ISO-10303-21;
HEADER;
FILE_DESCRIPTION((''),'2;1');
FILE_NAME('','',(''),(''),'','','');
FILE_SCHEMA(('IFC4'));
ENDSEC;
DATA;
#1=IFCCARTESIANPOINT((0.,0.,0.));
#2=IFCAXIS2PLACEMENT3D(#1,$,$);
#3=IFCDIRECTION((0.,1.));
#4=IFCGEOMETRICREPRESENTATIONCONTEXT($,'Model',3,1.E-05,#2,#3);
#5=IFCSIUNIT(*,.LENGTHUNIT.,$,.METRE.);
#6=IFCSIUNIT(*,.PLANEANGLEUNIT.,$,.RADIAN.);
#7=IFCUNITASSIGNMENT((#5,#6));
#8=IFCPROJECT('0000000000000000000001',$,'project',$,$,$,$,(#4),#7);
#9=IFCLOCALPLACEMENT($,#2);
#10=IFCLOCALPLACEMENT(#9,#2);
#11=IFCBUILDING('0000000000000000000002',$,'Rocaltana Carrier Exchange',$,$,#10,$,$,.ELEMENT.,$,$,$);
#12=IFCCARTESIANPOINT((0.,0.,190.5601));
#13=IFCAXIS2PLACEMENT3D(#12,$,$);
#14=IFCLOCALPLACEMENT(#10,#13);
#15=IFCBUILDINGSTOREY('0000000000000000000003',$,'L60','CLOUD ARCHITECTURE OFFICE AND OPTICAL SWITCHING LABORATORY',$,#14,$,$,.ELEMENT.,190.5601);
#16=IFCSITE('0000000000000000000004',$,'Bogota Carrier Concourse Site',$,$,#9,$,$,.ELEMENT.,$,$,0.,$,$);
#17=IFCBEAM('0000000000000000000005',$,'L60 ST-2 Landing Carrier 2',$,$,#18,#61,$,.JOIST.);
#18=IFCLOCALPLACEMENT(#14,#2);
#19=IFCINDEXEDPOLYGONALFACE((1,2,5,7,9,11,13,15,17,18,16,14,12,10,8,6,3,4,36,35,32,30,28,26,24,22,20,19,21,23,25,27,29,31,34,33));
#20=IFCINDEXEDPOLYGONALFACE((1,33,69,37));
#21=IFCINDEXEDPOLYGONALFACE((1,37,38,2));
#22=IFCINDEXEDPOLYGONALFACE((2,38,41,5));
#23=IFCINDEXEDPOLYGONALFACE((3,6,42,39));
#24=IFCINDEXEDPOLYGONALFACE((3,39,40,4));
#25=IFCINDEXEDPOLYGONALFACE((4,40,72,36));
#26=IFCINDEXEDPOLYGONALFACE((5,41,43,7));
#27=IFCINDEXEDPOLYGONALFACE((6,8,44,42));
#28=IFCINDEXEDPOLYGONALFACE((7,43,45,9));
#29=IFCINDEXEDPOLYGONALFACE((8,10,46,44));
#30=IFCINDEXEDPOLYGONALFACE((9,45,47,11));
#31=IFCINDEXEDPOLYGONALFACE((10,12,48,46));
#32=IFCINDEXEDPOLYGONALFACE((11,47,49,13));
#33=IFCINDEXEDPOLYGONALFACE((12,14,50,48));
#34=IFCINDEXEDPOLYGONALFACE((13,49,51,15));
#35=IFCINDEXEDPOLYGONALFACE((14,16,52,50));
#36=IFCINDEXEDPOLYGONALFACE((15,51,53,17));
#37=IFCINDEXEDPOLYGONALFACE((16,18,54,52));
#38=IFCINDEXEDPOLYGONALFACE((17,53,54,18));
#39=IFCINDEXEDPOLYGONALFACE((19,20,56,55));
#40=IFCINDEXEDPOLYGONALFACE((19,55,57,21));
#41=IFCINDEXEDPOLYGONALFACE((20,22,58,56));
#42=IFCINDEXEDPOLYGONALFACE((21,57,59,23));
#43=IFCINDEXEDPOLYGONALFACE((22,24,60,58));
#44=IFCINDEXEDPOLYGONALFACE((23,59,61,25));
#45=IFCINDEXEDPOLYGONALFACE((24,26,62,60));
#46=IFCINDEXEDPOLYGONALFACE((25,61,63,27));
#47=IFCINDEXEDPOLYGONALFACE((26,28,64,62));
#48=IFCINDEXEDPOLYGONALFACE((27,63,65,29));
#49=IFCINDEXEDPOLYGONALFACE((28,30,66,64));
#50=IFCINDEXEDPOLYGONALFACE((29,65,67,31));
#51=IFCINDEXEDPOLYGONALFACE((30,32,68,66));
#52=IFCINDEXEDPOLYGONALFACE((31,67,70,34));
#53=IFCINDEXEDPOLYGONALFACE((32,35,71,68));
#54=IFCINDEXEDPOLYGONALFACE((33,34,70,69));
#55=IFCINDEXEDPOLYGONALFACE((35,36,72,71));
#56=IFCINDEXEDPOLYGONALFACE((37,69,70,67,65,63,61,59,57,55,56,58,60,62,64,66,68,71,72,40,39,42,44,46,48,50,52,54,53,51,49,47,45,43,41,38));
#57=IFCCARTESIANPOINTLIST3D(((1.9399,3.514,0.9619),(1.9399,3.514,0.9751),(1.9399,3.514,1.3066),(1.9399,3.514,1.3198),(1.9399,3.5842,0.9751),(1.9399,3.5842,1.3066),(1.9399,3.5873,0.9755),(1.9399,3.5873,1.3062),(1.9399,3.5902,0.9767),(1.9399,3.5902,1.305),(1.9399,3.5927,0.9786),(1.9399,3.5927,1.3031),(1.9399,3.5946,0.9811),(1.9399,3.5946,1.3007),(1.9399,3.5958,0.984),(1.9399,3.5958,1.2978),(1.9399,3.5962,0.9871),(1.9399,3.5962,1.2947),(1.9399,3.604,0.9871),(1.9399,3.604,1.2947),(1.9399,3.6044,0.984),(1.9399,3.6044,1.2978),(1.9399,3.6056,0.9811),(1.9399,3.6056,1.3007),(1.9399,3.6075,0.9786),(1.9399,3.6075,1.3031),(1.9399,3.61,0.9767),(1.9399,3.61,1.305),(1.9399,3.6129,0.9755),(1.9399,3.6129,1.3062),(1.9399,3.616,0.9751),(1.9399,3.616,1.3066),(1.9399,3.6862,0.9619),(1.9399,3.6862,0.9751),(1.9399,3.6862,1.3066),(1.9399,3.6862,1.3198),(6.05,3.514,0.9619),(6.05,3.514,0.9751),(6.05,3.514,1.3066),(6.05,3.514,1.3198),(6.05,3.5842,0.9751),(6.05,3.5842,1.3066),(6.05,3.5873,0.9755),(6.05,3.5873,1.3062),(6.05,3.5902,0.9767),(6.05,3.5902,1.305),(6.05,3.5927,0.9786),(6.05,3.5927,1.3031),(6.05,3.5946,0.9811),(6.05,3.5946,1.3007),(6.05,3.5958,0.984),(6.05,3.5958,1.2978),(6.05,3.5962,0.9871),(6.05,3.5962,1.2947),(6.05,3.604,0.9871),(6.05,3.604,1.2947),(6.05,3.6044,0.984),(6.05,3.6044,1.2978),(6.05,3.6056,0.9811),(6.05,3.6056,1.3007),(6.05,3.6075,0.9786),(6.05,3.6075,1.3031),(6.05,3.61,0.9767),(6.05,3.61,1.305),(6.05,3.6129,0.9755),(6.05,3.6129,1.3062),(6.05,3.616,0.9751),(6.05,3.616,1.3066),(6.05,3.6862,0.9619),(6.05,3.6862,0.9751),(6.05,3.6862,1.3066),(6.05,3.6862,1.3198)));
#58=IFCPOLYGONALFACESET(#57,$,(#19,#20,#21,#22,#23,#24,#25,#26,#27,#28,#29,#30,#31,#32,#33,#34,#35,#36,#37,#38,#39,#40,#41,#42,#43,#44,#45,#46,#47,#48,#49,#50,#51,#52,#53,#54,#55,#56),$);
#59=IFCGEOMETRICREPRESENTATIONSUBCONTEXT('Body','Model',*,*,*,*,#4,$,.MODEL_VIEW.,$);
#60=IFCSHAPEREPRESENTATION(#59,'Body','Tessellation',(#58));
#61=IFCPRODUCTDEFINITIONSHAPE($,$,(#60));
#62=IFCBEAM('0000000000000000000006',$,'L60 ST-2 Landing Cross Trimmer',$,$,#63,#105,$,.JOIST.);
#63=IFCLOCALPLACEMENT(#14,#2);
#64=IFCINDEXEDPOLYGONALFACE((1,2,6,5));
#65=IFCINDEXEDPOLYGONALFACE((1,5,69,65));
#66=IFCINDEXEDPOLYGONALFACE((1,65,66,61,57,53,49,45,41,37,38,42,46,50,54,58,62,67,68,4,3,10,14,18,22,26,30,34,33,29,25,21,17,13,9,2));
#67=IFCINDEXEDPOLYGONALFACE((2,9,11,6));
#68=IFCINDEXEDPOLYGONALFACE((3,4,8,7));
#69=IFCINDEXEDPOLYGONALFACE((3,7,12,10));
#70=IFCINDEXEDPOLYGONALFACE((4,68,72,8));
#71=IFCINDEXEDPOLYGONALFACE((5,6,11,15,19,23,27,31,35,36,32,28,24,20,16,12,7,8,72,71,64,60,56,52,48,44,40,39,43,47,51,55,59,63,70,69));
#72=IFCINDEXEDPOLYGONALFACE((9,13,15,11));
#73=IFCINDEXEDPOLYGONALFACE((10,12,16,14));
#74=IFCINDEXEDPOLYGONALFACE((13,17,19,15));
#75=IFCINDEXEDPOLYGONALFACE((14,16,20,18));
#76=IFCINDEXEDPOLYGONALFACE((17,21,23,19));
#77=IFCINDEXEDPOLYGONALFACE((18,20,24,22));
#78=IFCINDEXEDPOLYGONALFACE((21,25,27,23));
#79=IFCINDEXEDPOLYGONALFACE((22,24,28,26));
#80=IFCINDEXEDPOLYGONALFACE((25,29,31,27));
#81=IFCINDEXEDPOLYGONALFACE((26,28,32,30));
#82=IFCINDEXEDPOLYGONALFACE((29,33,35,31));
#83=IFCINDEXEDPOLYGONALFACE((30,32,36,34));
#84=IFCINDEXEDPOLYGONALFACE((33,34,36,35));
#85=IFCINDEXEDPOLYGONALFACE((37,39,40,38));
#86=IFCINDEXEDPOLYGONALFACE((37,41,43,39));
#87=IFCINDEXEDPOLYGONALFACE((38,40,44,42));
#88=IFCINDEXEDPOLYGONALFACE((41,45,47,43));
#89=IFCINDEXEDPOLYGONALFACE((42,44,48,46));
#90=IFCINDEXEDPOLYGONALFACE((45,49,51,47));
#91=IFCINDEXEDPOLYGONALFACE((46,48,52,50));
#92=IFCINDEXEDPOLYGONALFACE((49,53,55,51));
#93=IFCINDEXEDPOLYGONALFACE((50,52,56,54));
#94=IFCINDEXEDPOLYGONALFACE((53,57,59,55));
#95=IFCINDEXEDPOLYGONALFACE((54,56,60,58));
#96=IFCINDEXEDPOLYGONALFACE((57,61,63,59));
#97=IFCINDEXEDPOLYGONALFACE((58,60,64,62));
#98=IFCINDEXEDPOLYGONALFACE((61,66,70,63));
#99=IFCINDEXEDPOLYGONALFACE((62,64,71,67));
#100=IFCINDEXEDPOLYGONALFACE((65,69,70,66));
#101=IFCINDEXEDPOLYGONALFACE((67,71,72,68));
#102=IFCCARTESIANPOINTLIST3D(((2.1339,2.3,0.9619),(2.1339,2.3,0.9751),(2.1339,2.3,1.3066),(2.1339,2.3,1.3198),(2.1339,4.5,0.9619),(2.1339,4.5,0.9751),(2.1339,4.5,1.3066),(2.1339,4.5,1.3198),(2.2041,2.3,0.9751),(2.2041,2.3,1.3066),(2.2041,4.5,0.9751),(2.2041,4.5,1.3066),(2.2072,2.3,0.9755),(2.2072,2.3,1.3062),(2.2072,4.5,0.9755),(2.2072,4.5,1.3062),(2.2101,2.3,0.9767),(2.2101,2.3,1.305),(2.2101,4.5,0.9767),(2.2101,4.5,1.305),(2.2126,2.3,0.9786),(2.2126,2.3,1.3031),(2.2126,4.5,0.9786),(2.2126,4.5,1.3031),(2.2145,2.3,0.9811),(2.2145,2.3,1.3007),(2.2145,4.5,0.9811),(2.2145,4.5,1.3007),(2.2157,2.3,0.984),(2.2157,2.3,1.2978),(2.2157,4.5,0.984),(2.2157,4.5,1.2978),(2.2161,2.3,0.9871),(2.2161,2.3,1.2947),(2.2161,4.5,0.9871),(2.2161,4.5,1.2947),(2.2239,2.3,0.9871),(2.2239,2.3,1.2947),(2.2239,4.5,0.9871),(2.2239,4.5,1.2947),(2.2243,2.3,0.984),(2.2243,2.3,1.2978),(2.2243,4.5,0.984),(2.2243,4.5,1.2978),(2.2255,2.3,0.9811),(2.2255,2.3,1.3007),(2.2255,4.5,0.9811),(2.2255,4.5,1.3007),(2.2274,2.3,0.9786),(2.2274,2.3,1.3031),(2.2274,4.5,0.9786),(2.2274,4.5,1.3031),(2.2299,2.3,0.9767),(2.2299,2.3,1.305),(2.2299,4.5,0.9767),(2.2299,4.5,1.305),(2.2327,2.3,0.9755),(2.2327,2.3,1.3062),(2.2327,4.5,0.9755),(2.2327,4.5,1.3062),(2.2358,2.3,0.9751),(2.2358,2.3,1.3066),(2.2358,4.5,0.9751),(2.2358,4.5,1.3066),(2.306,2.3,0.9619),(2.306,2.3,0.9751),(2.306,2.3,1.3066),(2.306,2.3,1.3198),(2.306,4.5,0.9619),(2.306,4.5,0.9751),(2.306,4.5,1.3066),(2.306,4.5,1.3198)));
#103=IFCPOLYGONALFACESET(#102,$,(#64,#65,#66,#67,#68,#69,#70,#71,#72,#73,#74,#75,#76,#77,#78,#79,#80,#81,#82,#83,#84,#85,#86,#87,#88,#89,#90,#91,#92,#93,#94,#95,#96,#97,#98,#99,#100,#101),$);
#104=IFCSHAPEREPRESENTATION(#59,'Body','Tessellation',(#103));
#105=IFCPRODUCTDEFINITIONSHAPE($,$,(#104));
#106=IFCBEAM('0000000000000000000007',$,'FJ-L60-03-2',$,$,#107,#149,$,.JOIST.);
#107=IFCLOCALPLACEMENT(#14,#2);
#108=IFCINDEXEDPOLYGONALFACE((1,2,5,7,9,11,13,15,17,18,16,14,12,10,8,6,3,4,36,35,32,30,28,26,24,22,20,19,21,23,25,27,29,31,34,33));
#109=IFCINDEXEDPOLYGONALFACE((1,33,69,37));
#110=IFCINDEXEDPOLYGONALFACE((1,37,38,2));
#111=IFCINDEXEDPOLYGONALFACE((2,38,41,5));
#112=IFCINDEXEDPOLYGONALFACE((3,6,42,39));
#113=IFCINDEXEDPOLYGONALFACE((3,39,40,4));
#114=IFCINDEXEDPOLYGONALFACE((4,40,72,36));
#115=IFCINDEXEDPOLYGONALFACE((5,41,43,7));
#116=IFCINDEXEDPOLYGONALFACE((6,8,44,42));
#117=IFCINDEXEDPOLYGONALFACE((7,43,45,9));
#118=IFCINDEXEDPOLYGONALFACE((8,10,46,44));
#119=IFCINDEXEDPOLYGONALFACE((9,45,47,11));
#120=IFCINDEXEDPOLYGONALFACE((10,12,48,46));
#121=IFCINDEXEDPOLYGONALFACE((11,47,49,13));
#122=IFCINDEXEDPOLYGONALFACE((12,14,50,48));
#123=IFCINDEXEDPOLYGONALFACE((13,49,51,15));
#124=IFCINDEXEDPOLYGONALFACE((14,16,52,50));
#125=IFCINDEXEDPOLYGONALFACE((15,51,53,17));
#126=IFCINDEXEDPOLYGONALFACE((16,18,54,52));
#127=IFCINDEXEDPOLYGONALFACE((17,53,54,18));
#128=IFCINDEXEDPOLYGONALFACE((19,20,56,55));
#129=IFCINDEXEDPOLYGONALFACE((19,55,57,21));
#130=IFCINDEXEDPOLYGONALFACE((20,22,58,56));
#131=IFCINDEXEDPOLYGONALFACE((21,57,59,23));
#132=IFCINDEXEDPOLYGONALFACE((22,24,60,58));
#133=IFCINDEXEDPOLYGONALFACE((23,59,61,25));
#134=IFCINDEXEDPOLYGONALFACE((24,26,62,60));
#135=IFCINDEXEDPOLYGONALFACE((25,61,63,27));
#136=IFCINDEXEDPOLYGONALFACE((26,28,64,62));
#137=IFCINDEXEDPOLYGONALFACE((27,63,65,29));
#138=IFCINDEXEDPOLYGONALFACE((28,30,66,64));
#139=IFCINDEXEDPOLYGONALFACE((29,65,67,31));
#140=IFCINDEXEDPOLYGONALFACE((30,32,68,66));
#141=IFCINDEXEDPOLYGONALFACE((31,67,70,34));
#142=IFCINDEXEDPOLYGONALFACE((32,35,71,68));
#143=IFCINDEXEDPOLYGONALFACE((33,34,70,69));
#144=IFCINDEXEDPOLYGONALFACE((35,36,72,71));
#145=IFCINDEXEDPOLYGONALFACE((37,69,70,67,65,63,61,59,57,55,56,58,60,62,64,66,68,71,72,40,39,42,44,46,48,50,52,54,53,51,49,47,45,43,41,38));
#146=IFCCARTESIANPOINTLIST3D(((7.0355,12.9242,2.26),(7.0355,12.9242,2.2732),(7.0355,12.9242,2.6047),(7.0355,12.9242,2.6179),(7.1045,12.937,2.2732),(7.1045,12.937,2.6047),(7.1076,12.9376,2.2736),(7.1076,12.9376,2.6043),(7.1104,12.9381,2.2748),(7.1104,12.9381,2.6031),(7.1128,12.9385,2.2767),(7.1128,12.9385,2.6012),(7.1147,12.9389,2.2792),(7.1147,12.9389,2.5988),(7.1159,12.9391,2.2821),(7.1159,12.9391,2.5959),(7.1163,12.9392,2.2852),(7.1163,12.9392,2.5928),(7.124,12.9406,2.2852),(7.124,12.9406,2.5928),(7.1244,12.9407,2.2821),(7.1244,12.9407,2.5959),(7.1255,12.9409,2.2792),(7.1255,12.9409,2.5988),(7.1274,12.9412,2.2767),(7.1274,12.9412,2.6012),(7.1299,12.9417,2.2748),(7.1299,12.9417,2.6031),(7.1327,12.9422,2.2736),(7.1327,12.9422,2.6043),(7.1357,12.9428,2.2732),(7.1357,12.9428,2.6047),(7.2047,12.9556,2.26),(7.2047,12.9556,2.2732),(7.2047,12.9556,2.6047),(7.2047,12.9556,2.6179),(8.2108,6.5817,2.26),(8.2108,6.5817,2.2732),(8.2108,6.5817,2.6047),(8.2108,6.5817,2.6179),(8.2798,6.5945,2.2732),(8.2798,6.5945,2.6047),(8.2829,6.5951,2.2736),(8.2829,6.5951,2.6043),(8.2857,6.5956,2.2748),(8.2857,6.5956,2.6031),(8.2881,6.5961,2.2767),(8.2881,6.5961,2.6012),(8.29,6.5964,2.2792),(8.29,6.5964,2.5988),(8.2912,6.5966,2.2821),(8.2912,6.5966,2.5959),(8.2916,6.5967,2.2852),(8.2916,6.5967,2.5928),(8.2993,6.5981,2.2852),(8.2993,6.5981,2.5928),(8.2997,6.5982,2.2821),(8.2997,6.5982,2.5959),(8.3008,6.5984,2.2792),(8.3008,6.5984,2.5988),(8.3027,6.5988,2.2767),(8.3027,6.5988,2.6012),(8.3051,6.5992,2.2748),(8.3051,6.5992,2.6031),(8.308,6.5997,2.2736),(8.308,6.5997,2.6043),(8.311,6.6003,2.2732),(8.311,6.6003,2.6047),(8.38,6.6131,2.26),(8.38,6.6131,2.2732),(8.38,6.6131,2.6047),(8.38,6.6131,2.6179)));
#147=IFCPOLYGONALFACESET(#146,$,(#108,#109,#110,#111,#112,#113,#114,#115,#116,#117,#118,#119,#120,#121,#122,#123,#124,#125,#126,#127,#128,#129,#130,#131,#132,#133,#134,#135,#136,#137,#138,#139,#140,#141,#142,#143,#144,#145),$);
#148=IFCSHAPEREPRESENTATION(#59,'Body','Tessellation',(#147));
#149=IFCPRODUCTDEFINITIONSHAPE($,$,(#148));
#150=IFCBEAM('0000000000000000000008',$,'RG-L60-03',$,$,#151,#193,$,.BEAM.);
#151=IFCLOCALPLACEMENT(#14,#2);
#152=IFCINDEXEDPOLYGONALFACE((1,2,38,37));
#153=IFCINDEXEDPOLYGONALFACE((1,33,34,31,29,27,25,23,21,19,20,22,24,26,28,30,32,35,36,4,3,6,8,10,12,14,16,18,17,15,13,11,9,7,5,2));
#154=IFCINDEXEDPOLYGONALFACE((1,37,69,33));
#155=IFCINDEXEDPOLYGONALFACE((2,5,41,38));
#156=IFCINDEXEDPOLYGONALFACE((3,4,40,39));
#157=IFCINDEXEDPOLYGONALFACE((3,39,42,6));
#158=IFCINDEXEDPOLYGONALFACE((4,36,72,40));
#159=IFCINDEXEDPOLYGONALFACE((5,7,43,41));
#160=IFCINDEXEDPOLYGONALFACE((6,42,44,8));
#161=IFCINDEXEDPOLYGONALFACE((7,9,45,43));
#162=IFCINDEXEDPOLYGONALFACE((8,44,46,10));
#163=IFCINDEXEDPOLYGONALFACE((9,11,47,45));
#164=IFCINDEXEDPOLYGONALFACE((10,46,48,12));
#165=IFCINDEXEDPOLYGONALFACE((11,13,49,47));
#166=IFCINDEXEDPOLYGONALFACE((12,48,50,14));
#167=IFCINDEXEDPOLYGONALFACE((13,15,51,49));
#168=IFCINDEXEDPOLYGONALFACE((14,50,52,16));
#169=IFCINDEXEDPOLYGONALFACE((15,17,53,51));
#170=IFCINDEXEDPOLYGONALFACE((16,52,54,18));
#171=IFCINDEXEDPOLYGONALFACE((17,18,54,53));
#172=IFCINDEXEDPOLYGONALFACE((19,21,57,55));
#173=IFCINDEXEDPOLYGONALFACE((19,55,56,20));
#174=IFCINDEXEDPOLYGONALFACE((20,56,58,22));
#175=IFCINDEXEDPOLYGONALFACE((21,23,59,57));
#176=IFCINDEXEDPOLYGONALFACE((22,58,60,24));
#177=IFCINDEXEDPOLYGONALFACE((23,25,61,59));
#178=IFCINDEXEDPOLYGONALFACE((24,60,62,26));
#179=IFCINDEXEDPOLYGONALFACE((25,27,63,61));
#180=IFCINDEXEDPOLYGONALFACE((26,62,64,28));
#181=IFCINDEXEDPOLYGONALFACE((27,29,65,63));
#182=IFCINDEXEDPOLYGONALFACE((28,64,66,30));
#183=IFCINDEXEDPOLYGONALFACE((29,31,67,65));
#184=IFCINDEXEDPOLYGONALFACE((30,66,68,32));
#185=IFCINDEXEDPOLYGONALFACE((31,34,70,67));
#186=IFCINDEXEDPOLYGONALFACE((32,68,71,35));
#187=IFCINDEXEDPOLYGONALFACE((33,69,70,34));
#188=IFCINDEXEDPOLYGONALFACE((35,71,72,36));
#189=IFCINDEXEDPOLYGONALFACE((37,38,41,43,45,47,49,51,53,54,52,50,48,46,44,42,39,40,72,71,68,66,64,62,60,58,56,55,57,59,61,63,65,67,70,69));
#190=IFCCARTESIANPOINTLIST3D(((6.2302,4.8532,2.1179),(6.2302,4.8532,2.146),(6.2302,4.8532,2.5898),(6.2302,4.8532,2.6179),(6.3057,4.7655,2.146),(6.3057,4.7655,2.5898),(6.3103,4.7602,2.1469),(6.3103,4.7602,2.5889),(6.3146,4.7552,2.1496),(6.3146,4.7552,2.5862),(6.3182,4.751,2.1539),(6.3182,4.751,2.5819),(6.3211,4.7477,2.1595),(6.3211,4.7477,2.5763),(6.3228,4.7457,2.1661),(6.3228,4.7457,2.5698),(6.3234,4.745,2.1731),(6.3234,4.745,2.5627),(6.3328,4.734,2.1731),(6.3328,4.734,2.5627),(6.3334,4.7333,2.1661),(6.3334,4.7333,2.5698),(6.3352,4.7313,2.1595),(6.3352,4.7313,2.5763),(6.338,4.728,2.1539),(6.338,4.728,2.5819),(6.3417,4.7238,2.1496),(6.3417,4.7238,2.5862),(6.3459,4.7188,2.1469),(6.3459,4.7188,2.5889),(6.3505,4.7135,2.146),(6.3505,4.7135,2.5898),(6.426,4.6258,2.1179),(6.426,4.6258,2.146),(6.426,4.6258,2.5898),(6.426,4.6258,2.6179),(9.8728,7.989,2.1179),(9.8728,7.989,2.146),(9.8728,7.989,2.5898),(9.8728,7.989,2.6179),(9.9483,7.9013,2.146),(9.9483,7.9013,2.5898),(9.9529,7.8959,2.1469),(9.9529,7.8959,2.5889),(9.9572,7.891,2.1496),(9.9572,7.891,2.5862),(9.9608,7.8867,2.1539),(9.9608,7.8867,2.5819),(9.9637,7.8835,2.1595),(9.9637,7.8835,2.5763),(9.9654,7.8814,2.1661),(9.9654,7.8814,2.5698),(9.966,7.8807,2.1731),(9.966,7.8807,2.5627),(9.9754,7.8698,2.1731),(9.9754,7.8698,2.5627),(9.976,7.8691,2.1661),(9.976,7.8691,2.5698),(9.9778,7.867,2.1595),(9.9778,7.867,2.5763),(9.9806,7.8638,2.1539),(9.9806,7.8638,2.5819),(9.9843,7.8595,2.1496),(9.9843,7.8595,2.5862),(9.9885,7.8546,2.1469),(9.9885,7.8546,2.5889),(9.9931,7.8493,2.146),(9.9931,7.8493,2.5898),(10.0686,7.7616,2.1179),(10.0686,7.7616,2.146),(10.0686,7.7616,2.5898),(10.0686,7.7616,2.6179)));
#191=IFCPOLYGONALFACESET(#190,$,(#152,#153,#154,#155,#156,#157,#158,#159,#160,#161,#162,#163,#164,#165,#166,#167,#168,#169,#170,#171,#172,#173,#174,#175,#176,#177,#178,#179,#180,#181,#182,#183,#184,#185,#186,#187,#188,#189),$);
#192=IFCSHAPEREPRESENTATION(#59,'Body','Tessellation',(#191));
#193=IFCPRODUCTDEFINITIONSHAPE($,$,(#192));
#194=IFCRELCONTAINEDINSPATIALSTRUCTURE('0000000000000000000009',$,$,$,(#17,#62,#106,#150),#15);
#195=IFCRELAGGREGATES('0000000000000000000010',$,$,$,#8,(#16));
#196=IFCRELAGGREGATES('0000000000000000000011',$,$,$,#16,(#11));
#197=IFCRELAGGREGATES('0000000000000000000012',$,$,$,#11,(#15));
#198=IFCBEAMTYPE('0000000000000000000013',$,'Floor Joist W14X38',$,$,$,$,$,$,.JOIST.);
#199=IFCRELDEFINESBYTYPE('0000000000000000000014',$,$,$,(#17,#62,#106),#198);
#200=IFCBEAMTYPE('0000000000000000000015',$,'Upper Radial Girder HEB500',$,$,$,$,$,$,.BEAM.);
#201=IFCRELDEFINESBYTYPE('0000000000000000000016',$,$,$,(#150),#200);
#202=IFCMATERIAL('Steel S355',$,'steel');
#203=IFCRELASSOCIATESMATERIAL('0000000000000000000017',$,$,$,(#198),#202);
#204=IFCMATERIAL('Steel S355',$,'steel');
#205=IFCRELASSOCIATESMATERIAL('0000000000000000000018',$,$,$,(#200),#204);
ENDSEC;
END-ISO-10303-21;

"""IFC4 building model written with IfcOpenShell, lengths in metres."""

from ifc_helpers import new_model, si_unit, direction, frame, origin, origin_2d, place, context, subcontext, project, spatial, i_section, extrude, material, material_profile, profile_set, type_object, element, save


model = new_model("IFC4")

# Units and contexts
model_context = context("Model", 3, precision=1e-05, world=origin(), true_north=direction((0.0, 1.0)))
body_context = subcontext(model_context, "Body", "Model", "MODEL_VIEW")
ifc_project = project(units=[si_unit("LENGTHUNIT", "METRE"), si_unit("PLANEANGLEUNIT", "RADIAN")], contexts=[model_context])

# Site, building, storey
site_placement = place(None, origin())
site = spatial("IfcSite", under=ifc_project, at=site_placement, Name="Bogota Carrier Concourse Site", CompositionType="ELEMENT", RefElevation=0.0)
building_placement = place(site_placement, origin())
building = spatial("IfcBuilding", under=site, at=building_placement, Name="Rocaltana Carrier Exchange", CompositionType="ELEMENT")
storey_placement = place(building_placement, frame((0.0, 0.0, 190.5601)))
storey = spatial("IfcBuildingStorey", under=building, at=storey_placement, Name="L60", Description="CLOUD ARCHITECTURE OFFICE AND OPTICAL SWITCHING LABORATORY", CompositionType="ELEMENT", Elevation=190.5601)

# Beams
ifc_material_1 = material(Name="Steel S355", Category="steel")
ifc_material_profile_1 = material_profile(ifc_material_1, i_section(OverallWidth=0.1721, OverallDepth=0.3579, WebThickness=0.0078, FlangeThickness=0.0132, FilletRadius=0.012, at=origin_2d()), Name="W14X38")
ifc_profile_set_1 = profile_set([ifc_material_profile_1], Name="Steel S355")
beam_type_1 = type_object("IfcBeamType", Name="Floor Joist W14X38", PredefinedType="JOIST", material=ifc_profile_set_1)
for number, where, z_axis, x_axis, name in (
    (1, (1.9399, 3.6001, 1.1409), (1.0, 0.0, 0.0), (0.0, 1.0, 0.0), "L60 ST-2 Landing Carrier 2"),
):
    element("IfcBeam", number, at=place(storey_placement, frame(where, z_axis=z_axis, x_axis=x_axis)), inside=storey, type_object=beam_type_1, Name=name, PredefinedType="JOIST", context=body_context, shape_type="SweptSolid", body=[
        extrude(i_section(OverallWidth=0.1721, OverallDepth=0.3579, WebThickness=0.0078, FlangeThickness=0.0132, FilletRadius=0.012, at=origin_2d()), origin(), (0.0, 0.0, 1.0), 4.1101),
    ])
beam_1_placement = place(storey_placement, frame((2.22, 2.3, 1.1409), z_axis=(0.0, 1.0, 0.0), x_axis=(-1.0, 0.0, 0.0)))
element("IfcBeam", 2, at=beam_1_placement, inside=storey, type_object=beam_type_1, Name="L60 ST-2 Landing Cross Trimmer", PredefinedType="JOIST", context=body_context, shape_type="SweptSolid", body=[
    extrude(i_section(OverallWidth=0.1721, OverallDepth=0.3579, WebThickness=0.0078, FlangeThickness=0.0132, FilletRadius=0.012, at=origin_2d()), origin(), (0.0, 0.0, 1.0), 2.2),
])
beam_2_placement = place(storey_placement, frame((8.2954, 6.5974, 2.439), z_axis=(-0.182202, 0.983261, 0.0), x_axis=(-0.983261, -0.182202, 0.0)))
element("IfcBeam", 3, at=beam_2_placement, inside=storey, type_object=beam_type_1, Name="FJ-L60-03-2", PredefinedType="JOIST", context=body_context, shape_type="SweptSolid", body=[
    extrude(i_section(OverallWidth=0.1721, OverallDepth=0.3579, WebThickness=0.0078, FlangeThickness=0.0132, FilletRadius=0.012, at=origin_2d()), origin(), (0.0, 0.0, 1.0), 6.4504),
])
ifc_material_2 = material(Name="Steel S355", Category="steel")
ifc_material_profile_2 = material_profile(ifc_material_2, i_section(OverallWidth=0.3, OverallDepth=0.5, WebThickness=0.0144, FlangeThickness=0.0281, FilletRadius=0.0271, at=origin_2d()), Name="HEB500")
ifc_profile_set_2 = profile_set([ifc_material_profile_2], Name="Steel S355")
beam_type_2 = type_object("IfcBeamType", Name="Upper Radial Girder HEB500", PredefinedType="BEAM", material=ifc_profile_set_2)
beam_3_placement = place(storey_placement, frame((6.3281, 4.7395, 2.3679), z_axis=(0.757864, 0.652413, 0.0), x_axis=(-0.652413, 0.757864, 0.0)))
element("IfcBeam", 4, at=beam_3_placement, inside=storey, type_object=beam_type_2, Name="RG-L60-03", PredefinedType="BEAM", context=body_context, shape_type="SweptSolid", body=[
    extrude(i_section(OverallWidth=0.3, OverallDepth=0.5, WebThickness=0.0144, FlangeThickness=0.0281, FilletRadius=0.0271, at=origin_2d()), origin(), (0.0, 0.0, 1.0), 4.8064),
])

save(model, "model.ifc")
